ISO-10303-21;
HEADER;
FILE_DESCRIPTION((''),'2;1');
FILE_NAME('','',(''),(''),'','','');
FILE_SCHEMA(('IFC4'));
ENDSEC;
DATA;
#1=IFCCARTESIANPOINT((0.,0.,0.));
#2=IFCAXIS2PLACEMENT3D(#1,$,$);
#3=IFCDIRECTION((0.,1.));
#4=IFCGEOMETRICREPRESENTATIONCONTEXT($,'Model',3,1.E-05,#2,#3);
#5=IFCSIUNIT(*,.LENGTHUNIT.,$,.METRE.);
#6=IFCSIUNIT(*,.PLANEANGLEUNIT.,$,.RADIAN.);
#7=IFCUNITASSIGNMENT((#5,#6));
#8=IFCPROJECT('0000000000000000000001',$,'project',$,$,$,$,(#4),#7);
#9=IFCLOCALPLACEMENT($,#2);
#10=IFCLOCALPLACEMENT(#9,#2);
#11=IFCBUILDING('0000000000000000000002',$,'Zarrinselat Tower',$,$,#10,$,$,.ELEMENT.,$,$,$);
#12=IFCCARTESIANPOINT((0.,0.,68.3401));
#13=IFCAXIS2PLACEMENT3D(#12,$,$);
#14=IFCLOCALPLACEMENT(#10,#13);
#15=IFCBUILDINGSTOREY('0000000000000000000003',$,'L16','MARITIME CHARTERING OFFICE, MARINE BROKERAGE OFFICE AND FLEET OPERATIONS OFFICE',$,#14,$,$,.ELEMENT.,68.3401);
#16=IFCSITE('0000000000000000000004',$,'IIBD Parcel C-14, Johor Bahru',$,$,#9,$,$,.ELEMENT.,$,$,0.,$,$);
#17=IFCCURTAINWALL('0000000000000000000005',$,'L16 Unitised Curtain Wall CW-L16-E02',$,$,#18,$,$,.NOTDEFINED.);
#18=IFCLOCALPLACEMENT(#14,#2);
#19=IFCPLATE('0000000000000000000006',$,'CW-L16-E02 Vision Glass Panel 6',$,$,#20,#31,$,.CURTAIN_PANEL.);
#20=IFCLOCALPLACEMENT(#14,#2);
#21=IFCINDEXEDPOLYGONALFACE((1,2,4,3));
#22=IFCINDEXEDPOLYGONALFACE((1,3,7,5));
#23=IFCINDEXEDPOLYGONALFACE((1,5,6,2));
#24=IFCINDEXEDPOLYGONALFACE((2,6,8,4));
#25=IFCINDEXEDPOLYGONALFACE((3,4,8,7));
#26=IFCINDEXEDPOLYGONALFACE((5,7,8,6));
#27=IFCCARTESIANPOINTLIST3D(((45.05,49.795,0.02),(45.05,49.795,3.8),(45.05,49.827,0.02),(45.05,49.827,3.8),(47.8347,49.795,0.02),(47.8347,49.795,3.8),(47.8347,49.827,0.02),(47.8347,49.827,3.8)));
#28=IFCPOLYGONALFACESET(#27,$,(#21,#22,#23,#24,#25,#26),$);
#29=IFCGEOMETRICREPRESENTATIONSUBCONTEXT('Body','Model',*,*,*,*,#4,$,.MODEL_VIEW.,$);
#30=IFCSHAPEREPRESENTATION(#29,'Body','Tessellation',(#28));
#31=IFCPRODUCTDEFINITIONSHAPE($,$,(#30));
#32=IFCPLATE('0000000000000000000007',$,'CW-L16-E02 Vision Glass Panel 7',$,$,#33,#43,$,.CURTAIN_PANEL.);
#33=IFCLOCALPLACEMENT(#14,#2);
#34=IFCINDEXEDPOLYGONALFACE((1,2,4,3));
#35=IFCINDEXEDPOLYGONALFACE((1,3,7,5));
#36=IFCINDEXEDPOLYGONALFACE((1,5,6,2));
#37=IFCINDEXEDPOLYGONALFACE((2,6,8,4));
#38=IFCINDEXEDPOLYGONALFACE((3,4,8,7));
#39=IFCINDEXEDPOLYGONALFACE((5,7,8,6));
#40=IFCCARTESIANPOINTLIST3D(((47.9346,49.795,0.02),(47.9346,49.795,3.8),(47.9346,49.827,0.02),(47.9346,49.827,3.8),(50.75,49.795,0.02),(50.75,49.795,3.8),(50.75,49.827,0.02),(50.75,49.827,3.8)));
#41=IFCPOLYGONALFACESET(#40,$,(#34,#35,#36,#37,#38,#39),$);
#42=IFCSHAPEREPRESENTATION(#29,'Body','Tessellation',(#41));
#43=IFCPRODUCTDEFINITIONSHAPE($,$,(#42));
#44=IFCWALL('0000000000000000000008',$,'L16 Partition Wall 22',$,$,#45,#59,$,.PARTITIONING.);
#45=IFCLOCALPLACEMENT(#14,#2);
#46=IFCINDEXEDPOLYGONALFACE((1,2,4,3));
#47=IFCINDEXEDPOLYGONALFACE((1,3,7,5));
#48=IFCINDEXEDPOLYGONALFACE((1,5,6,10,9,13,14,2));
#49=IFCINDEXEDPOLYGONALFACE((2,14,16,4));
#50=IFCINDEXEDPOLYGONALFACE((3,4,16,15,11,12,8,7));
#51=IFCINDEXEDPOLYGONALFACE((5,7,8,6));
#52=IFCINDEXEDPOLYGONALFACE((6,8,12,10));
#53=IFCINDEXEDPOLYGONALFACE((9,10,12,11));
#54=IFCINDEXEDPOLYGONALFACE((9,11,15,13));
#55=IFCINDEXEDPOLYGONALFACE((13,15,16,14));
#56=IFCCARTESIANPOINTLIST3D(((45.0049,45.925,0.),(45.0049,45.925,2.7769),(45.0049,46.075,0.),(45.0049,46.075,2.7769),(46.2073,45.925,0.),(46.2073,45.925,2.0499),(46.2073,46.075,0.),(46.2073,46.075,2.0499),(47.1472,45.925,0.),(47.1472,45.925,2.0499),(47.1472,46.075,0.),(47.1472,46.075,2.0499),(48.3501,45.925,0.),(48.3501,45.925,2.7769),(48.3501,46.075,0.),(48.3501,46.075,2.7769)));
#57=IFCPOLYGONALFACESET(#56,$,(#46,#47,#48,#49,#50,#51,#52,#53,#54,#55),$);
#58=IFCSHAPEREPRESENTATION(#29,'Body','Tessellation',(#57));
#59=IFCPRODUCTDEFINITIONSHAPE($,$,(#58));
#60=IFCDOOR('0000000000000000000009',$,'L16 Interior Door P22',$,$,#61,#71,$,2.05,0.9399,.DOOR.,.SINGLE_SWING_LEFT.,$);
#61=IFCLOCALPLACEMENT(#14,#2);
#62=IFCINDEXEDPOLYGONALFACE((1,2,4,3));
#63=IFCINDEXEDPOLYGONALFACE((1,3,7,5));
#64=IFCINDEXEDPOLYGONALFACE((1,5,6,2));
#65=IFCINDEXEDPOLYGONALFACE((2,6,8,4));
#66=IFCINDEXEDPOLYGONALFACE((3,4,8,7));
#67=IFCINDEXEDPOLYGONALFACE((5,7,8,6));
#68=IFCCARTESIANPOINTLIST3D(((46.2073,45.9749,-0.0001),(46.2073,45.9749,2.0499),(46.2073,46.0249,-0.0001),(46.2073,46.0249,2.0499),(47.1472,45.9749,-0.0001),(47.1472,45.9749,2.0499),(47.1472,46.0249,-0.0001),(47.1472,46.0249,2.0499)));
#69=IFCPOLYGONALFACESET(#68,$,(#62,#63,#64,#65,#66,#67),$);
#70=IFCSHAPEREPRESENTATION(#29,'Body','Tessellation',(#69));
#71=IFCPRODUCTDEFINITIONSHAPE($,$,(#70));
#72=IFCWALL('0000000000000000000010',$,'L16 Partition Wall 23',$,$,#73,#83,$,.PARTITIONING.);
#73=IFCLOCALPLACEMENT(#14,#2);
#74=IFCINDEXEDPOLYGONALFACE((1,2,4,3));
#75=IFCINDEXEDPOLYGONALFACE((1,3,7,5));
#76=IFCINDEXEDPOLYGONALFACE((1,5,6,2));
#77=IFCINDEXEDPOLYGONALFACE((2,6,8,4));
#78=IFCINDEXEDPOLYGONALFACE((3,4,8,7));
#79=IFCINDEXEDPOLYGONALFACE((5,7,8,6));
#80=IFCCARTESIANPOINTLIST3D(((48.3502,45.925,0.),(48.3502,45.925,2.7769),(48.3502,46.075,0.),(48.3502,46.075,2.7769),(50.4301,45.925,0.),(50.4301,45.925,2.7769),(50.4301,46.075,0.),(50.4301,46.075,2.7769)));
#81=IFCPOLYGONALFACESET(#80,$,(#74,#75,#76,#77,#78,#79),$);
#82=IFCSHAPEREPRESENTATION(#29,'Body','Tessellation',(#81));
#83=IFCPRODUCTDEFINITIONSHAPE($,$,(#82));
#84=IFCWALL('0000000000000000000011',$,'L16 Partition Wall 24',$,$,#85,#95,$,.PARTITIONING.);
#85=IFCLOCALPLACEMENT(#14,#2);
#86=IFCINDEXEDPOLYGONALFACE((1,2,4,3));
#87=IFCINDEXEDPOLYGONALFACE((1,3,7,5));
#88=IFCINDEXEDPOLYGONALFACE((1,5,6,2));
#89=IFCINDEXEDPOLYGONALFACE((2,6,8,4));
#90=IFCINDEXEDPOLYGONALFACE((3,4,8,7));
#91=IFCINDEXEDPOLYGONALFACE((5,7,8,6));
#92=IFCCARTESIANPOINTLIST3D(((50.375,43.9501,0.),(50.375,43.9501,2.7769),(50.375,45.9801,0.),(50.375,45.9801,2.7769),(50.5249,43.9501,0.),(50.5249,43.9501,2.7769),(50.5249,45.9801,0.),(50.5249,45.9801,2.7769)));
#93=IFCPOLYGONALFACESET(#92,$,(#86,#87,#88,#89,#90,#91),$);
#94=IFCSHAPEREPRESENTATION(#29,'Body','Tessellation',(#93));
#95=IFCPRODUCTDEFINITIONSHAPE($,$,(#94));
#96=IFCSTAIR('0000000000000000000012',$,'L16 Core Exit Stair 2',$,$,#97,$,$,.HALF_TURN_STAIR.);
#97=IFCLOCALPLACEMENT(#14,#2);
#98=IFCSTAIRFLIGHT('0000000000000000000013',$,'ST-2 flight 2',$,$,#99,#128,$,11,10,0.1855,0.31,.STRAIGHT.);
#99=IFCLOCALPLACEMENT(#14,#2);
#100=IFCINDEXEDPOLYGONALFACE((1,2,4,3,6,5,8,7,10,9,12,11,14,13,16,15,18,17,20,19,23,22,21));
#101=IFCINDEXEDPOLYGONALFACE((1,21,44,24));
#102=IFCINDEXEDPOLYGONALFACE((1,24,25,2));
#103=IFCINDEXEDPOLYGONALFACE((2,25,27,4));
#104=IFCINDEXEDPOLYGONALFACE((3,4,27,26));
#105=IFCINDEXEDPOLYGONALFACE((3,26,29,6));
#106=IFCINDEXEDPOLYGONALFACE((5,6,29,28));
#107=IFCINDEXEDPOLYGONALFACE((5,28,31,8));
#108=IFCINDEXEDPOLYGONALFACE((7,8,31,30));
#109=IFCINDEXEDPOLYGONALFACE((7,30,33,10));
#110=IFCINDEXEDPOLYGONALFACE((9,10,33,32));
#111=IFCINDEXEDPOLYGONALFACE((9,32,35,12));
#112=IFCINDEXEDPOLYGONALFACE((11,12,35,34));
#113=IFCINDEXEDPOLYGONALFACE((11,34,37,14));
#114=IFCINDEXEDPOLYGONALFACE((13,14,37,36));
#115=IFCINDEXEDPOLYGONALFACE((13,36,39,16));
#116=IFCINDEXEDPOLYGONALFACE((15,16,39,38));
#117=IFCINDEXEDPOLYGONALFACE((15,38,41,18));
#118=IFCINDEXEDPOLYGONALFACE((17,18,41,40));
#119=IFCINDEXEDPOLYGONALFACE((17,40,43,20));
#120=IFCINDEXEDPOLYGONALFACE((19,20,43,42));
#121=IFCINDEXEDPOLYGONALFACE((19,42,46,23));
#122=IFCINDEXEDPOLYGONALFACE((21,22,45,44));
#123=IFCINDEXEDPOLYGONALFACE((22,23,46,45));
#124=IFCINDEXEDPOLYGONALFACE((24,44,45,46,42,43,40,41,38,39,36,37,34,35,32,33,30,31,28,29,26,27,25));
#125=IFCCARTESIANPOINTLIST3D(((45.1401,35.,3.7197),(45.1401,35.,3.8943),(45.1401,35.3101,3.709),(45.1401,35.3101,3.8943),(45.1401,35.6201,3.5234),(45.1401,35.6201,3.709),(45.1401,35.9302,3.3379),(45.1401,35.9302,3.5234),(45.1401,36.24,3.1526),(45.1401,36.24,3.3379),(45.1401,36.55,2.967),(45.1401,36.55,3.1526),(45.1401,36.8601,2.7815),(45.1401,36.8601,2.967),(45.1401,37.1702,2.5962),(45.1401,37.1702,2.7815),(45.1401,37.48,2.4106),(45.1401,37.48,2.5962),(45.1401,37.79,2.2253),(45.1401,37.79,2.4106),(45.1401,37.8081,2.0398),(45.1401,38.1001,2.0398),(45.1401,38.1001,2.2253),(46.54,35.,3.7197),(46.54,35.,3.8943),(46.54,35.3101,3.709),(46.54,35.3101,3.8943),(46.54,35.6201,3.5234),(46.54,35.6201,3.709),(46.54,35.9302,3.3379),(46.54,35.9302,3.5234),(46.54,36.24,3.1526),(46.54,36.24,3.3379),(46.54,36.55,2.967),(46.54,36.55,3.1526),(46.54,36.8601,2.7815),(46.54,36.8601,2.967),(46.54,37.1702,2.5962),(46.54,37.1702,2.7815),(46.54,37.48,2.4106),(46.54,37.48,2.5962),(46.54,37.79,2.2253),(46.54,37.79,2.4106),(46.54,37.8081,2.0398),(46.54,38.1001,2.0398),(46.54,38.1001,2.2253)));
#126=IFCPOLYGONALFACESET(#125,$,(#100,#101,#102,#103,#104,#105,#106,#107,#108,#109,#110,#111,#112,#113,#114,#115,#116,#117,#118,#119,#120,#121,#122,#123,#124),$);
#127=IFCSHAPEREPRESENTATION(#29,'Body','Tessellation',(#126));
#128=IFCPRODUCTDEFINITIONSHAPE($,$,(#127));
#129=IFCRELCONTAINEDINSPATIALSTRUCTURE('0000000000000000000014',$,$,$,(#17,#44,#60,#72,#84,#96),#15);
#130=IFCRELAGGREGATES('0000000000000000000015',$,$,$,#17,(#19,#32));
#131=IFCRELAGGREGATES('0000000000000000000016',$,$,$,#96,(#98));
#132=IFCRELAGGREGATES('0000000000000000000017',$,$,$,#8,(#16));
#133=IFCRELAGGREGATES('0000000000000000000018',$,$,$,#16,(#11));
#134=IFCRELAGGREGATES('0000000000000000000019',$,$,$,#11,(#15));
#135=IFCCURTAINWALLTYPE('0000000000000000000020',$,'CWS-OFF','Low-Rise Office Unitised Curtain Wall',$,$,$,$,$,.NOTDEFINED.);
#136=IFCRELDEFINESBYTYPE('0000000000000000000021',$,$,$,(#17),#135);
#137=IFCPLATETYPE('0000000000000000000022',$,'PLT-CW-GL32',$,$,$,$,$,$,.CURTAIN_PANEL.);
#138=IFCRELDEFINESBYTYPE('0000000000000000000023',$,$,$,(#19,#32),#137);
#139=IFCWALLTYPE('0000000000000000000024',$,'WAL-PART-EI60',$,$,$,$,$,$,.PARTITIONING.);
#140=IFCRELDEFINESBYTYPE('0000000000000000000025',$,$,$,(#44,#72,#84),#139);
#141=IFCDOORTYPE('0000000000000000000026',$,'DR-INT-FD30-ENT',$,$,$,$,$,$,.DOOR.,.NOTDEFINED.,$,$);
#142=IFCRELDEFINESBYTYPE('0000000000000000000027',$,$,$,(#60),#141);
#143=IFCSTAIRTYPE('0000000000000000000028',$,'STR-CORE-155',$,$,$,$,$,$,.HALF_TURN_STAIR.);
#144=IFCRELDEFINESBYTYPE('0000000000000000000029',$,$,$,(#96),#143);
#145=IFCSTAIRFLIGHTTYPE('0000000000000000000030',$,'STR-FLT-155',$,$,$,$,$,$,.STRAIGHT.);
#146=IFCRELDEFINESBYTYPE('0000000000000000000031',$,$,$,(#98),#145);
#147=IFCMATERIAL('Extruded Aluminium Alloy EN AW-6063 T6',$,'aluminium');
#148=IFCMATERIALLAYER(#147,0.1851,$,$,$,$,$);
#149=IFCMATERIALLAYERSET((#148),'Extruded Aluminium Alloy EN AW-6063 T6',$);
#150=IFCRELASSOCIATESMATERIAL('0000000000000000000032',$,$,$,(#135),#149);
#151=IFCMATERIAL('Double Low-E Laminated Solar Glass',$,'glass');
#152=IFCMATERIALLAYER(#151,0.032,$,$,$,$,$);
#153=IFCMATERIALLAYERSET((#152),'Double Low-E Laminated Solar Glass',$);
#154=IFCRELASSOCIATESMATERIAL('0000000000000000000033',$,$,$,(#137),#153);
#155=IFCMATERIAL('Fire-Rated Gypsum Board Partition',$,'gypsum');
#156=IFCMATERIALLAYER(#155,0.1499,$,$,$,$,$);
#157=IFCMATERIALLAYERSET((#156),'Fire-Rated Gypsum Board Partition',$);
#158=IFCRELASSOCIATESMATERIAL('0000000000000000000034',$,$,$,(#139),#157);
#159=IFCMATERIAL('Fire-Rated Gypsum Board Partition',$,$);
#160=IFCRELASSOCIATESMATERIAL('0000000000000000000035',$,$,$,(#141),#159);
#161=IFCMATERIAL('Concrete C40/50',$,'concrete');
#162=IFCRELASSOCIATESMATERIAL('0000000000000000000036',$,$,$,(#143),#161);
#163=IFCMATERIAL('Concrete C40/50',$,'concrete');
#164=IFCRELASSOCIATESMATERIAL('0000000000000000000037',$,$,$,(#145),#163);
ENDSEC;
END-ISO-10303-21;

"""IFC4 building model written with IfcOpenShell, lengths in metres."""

from ifc_helpers import new_model, si_unit, direction, frame, frame_2d, origin, origin_2d, place, context, subcontext, project, spatial, polyline, rectangle, outline, extrude, material, layer, layer_set, type_object, element, fill, aggregate, save


model = new_model("IFC4")

# Units and contexts
model_context = context("Model", 3, precision=1e-05, world=origin(), true_north=direction((0.0, 1.0)))
body_context = subcontext(model_context, "Body", "Model", "MODEL_VIEW")
ifc_project = project(units=[si_unit("LENGTHUNIT", "METRE"), si_unit("PLANEANGLEUNIT", "RADIAN")], contexts=[model_context])

# Site, building, storey
site_placement = place(None, origin())
site = spatial("IfcSite", under=ifc_project, at=site_placement, Name="IIBD Parcel C-14, Johor Bahru", CompositionType="ELEMENT", RefElevation=0.0)
building_placement = place(site_placement, origin())
building = spatial("IfcBuilding", under=site, at=building_placement, Name="Zarrinselat Tower", CompositionType="ELEMENT")
storey_placement = place(building_placement, frame((0.0, 0.0, 68.3401)))
storey = spatial("IfcBuildingStorey", under=building, at=storey_placement, Name="L16", Description="MARITIME CHARTERING OFFICE, MARINE BROKERAGE OFFICE AND FLEET OPERATIONS OFFICE", CompositionType="ELEMENT", Elevation=68.3401)

# Curtain wall, plates
ifc_material_1 = material(Name="Extruded Aluminium Alloy EN AW-6063 T6", Category="aluminium")
ifc_layer_1 = layer(ifc_material_1, 0.1851)
ifc_layer_set_1 = layer_set([ifc_layer_1], Name="Extruded Aluminium Alloy EN AW-6063 T6")
curtain_wall_type = type_object("IfcCurtainWallType", Name="CWS-OFF", Description="Low-Rise Office Unitised Curtain Wall", PredefinedType="NOTDEFINED", material=ifc_layer_set_1)
curtain_wall_placement = place(storey_placement, origin())
curtain_wall = element("IfcCurtainWall", 1, at=curtain_wall_placement, inside=storey, type_object=curtain_wall_type, Name="L16 Unitised Curtain Wall CW-L16-E02", PredefinedType="NOTDEFINED")
ifc_material_2 = material(Name="Double Low-E Laminated Solar Glass", Category="glass")
ifc_layer_2 = layer(ifc_material_2, 0.032)
ifc_layer_set_2 = layer_set([ifc_layer_2], Name="Double Low-E Laminated Solar Glass")
plate_type = type_object("IfcPlateType", Name="PLT-CW-GL32", PredefinedType="CURTAIN_PANEL", material=ifc_layer_set_2)
plate_1_placement = place(storey_placement, frame((46.4424, 49.811, 0.02), z_axis=(0.0, 0.0, 1.0), x_axis=(1.0, 0.0, 0.0)))
plate_1 = element("IfcPlate", 2, at=plate_1_placement, type_object=plate_type, Name="CW-L16-E02 Vision Glass Panel 6", PredefinedType="CURTAIN_PANEL", context=body_context, shape_type="SweptSolid", body=[
    extrude(rectangle(XDim=2.7847, YDim=0.032, at=origin_2d()), origin(), (0.0, 0.0, 1.0), 3.78),
])
plate_2_placement = place(storey_placement, frame((49.3423, 49.811, 0.02), z_axis=(0.0, 0.0, 1.0), x_axis=(1.0, 0.0, 0.0)))
plate_2 = element("IfcPlate", 3, at=plate_2_placement, type_object=plate_type, Name="CW-L16-E02 Vision Glass Panel 7", PredefinedType="CURTAIN_PANEL", context=body_context, shape_type="SweptSolid", body=[
    extrude(rectangle(XDim=2.8154, YDim=0.032, at=origin_2d()), origin(), (0.0, 0.0, 1.0), 3.78),
])
aggregate(curtain_wall, [plate_1, plate_2])

# Wall, opening, door
ifc_material_3 = material(Name="Fire-Rated Gypsum Board Partition", Category="gypsum")
ifc_layer_3 = layer(ifc_material_3, 0.1499)
ifc_layer_set_3 = layer_set([ifc_layer_3], Name="Fire-Rated Gypsum Board Partition")
wall_type = type_object("IfcWallType", Name="WAL-PART-EI60", PredefinedType="PARTITIONING", material=ifc_layer_set_3)
wall_1_placement = place(storey_placement, frame((45.0049, 46.0, 0.0), z_axis=(0.0, 0.0, 1.0), x_axis=(1.0, 0.0, 0.0)))
wall_1 = element("IfcWall", 4, at=wall_1_placement, inside=storey, type_object=wall_type, Name="L16 Partition Wall 22", PredefinedType="PARTITIONING", context=body_context, shape_type="SweptSolid", body=[
    extrude(rectangle(XDim=3.3452, YDim=0.1499, at=frame_2d((1.6726, 0.0))), origin(), (0.0, 0.0, 1.0), 2.7769),
])
opening_placement = place(wall_1_placement, frame((1.2024, 0.0, 0.0)))
opening = element("IfcOpeningElement", 5, at=opening_placement, cuts=wall_1, PredefinedType="OPENING", context=body_context, shape_type="SweptSolid", body=[
    extrude(rectangle(XDim=0.9399, YDim=2.05, at=frame_2d((0.47, 1.0249))), frame((0.0, 0.085, 0.0), z_axis=(0.0, -1.0, 0.0), x_axis=(1.0, 0.0, 0.0)), (0.0, 0.0, 1.0), 0.1699),
])
ifc_material_4 = material(Name="Fire-Rated Gypsum Board Partition")
door_type = type_object("IfcDoorType", Name="DR-INT-FD30-ENT", OperationType="NOTDEFINED", PredefinedType="DOOR", material=ifc_material_4)
door_placement = place(opening_placement, origin())
door = element("IfcDoor", 6, at=door_placement, inside=storey, type_object=door_type, Name="L16 Interior Door P22", OperationType="SINGLE_SWING_LEFT", OverallHeight=2.05, OverallWidth=0.9399, PredefinedType="DOOR", context=body_context, shape_type="SweptSolid", body=[
    extrude(rectangle(XDim=0.9399, YDim=2.05, at=frame_2d((0.47, 1.0249))), frame((0.0, 0.0249, 0.0), z_axis=(0.0, -1.0, 0.0), x_axis=(1.0, 0.0, 0.0)), (0.0, 0.0, 1.0), 0.05),
])
fill(opening, door)

# Walls
wall_2_placement = place(storey_placement, frame((48.3501, 46.0, 0.0), z_axis=(0.0, 0.0, 1.0), x_axis=(1.0, 0.0, 0.0)))
element("IfcWall", 7, at=wall_2_placement, inside=storey, type_object=wall_type, Name="L16 Partition Wall 23", PredefinedType="PARTITIONING", context=body_context, shape_type="SweptSolid", body=[
    extrude(rectangle(XDim=2.0798, YDim=0.1499, at=frame_2d((1.04, 0.0))), origin(), (0.0, 0.0, 1.0), 2.7769),
])
wall_3_placement = place(storey_placement, frame((50.45, 43.95, 0.0), z_axis=(0.0, 0.0, 1.0), x_axis=(0.0, 1.0, 0.0)))
element("IfcWall", 8, at=wall_3_placement, inside=storey, type_object=wall_type, Name="L16 Partition Wall 24", PredefinedType="PARTITIONING", context=body_context, shape_type="SweptSolid", body=[
    extrude(rectangle(XDim=2.03, YDim=0.1499, at=frame_2d((1.0151, 0.0))), origin(), (0.0, 0.0, 1.0), 2.7769),
])

# Stair, stair flight
ifc_material_5 = material(Name="Concrete C40/50", Category="concrete")
stair_type = type_object("IfcStairType", Name="STR-CORE-155", PredefinedType="HALF_TURN_STAIR", material=ifc_material_5)
stair_placement = place(storey_placement, origin())
stair = element("IfcStair", 9, at=stair_placement, inside=storey, type_object=stair_type, Name="L16 Core Exit Stair 2", PredefinedType="HALF_TURN_STAIR")
ifc_material_6 = material(Name="Concrete C40/50", Category="concrete")
stair_flight_type = type_object("IfcStairFlightType", Name="STR-FLT-155", PredefinedType="STRAIGHT", material=ifc_material_6)
stair_flight_placement = place(storey_placement, frame((45.8401, 38.1001, 2.0398), z_axis=(0.0, 0.0, 1.0), x_axis=(0.0, -1.0, 0.0)))
stair_flight = element("IfcStairFlight", 10, at=stair_flight_placement, type_object=stair_flight_type, Name="ST-2 flight 2", NumberOfRisers=11, NumberOfTreads=10, PredefinedType="STRAIGHT", RiserHeight=0.1855, TreadLength=0.31, context=body_context, shape_type="SweptSolid", body=[
    extrude(outline(polyline([(0.0, 0.0), (0.0, 0.1855), (0.3101, 0.1855), (0.3101, 0.3708), (0.6201, 0.3708), (0.6201, 0.5564), (0.9299, 0.5564), (0.9299, 0.7417), (1.24, 0.7417), (1.24, 0.9272), (1.55, 0.9272), (1.55, 1.1128), (1.8601, 1.1128), (1.8601, 1.2981), (2.1699, 1.2981), (2.1699, 1.4836), (2.48, 1.4836), (2.48, 1.6692), (2.79, 1.6692), (2.79, 1.8545), (3.1001, 1.8545), (3.1001, 2.04), (3.1001, 1.6799), (0.292, 0.0), (0.0, 0.0)])), frame((0.0, 0.7, 0.0), z_axis=(0.0, -1.0, 0.0), x_axis=(1.0, 0.0, 0.0)), (0.0, 0.0, 1.0), 1.3999),
])
aggregate(stair, [stair_flight])

save(model, "model.ifc")
